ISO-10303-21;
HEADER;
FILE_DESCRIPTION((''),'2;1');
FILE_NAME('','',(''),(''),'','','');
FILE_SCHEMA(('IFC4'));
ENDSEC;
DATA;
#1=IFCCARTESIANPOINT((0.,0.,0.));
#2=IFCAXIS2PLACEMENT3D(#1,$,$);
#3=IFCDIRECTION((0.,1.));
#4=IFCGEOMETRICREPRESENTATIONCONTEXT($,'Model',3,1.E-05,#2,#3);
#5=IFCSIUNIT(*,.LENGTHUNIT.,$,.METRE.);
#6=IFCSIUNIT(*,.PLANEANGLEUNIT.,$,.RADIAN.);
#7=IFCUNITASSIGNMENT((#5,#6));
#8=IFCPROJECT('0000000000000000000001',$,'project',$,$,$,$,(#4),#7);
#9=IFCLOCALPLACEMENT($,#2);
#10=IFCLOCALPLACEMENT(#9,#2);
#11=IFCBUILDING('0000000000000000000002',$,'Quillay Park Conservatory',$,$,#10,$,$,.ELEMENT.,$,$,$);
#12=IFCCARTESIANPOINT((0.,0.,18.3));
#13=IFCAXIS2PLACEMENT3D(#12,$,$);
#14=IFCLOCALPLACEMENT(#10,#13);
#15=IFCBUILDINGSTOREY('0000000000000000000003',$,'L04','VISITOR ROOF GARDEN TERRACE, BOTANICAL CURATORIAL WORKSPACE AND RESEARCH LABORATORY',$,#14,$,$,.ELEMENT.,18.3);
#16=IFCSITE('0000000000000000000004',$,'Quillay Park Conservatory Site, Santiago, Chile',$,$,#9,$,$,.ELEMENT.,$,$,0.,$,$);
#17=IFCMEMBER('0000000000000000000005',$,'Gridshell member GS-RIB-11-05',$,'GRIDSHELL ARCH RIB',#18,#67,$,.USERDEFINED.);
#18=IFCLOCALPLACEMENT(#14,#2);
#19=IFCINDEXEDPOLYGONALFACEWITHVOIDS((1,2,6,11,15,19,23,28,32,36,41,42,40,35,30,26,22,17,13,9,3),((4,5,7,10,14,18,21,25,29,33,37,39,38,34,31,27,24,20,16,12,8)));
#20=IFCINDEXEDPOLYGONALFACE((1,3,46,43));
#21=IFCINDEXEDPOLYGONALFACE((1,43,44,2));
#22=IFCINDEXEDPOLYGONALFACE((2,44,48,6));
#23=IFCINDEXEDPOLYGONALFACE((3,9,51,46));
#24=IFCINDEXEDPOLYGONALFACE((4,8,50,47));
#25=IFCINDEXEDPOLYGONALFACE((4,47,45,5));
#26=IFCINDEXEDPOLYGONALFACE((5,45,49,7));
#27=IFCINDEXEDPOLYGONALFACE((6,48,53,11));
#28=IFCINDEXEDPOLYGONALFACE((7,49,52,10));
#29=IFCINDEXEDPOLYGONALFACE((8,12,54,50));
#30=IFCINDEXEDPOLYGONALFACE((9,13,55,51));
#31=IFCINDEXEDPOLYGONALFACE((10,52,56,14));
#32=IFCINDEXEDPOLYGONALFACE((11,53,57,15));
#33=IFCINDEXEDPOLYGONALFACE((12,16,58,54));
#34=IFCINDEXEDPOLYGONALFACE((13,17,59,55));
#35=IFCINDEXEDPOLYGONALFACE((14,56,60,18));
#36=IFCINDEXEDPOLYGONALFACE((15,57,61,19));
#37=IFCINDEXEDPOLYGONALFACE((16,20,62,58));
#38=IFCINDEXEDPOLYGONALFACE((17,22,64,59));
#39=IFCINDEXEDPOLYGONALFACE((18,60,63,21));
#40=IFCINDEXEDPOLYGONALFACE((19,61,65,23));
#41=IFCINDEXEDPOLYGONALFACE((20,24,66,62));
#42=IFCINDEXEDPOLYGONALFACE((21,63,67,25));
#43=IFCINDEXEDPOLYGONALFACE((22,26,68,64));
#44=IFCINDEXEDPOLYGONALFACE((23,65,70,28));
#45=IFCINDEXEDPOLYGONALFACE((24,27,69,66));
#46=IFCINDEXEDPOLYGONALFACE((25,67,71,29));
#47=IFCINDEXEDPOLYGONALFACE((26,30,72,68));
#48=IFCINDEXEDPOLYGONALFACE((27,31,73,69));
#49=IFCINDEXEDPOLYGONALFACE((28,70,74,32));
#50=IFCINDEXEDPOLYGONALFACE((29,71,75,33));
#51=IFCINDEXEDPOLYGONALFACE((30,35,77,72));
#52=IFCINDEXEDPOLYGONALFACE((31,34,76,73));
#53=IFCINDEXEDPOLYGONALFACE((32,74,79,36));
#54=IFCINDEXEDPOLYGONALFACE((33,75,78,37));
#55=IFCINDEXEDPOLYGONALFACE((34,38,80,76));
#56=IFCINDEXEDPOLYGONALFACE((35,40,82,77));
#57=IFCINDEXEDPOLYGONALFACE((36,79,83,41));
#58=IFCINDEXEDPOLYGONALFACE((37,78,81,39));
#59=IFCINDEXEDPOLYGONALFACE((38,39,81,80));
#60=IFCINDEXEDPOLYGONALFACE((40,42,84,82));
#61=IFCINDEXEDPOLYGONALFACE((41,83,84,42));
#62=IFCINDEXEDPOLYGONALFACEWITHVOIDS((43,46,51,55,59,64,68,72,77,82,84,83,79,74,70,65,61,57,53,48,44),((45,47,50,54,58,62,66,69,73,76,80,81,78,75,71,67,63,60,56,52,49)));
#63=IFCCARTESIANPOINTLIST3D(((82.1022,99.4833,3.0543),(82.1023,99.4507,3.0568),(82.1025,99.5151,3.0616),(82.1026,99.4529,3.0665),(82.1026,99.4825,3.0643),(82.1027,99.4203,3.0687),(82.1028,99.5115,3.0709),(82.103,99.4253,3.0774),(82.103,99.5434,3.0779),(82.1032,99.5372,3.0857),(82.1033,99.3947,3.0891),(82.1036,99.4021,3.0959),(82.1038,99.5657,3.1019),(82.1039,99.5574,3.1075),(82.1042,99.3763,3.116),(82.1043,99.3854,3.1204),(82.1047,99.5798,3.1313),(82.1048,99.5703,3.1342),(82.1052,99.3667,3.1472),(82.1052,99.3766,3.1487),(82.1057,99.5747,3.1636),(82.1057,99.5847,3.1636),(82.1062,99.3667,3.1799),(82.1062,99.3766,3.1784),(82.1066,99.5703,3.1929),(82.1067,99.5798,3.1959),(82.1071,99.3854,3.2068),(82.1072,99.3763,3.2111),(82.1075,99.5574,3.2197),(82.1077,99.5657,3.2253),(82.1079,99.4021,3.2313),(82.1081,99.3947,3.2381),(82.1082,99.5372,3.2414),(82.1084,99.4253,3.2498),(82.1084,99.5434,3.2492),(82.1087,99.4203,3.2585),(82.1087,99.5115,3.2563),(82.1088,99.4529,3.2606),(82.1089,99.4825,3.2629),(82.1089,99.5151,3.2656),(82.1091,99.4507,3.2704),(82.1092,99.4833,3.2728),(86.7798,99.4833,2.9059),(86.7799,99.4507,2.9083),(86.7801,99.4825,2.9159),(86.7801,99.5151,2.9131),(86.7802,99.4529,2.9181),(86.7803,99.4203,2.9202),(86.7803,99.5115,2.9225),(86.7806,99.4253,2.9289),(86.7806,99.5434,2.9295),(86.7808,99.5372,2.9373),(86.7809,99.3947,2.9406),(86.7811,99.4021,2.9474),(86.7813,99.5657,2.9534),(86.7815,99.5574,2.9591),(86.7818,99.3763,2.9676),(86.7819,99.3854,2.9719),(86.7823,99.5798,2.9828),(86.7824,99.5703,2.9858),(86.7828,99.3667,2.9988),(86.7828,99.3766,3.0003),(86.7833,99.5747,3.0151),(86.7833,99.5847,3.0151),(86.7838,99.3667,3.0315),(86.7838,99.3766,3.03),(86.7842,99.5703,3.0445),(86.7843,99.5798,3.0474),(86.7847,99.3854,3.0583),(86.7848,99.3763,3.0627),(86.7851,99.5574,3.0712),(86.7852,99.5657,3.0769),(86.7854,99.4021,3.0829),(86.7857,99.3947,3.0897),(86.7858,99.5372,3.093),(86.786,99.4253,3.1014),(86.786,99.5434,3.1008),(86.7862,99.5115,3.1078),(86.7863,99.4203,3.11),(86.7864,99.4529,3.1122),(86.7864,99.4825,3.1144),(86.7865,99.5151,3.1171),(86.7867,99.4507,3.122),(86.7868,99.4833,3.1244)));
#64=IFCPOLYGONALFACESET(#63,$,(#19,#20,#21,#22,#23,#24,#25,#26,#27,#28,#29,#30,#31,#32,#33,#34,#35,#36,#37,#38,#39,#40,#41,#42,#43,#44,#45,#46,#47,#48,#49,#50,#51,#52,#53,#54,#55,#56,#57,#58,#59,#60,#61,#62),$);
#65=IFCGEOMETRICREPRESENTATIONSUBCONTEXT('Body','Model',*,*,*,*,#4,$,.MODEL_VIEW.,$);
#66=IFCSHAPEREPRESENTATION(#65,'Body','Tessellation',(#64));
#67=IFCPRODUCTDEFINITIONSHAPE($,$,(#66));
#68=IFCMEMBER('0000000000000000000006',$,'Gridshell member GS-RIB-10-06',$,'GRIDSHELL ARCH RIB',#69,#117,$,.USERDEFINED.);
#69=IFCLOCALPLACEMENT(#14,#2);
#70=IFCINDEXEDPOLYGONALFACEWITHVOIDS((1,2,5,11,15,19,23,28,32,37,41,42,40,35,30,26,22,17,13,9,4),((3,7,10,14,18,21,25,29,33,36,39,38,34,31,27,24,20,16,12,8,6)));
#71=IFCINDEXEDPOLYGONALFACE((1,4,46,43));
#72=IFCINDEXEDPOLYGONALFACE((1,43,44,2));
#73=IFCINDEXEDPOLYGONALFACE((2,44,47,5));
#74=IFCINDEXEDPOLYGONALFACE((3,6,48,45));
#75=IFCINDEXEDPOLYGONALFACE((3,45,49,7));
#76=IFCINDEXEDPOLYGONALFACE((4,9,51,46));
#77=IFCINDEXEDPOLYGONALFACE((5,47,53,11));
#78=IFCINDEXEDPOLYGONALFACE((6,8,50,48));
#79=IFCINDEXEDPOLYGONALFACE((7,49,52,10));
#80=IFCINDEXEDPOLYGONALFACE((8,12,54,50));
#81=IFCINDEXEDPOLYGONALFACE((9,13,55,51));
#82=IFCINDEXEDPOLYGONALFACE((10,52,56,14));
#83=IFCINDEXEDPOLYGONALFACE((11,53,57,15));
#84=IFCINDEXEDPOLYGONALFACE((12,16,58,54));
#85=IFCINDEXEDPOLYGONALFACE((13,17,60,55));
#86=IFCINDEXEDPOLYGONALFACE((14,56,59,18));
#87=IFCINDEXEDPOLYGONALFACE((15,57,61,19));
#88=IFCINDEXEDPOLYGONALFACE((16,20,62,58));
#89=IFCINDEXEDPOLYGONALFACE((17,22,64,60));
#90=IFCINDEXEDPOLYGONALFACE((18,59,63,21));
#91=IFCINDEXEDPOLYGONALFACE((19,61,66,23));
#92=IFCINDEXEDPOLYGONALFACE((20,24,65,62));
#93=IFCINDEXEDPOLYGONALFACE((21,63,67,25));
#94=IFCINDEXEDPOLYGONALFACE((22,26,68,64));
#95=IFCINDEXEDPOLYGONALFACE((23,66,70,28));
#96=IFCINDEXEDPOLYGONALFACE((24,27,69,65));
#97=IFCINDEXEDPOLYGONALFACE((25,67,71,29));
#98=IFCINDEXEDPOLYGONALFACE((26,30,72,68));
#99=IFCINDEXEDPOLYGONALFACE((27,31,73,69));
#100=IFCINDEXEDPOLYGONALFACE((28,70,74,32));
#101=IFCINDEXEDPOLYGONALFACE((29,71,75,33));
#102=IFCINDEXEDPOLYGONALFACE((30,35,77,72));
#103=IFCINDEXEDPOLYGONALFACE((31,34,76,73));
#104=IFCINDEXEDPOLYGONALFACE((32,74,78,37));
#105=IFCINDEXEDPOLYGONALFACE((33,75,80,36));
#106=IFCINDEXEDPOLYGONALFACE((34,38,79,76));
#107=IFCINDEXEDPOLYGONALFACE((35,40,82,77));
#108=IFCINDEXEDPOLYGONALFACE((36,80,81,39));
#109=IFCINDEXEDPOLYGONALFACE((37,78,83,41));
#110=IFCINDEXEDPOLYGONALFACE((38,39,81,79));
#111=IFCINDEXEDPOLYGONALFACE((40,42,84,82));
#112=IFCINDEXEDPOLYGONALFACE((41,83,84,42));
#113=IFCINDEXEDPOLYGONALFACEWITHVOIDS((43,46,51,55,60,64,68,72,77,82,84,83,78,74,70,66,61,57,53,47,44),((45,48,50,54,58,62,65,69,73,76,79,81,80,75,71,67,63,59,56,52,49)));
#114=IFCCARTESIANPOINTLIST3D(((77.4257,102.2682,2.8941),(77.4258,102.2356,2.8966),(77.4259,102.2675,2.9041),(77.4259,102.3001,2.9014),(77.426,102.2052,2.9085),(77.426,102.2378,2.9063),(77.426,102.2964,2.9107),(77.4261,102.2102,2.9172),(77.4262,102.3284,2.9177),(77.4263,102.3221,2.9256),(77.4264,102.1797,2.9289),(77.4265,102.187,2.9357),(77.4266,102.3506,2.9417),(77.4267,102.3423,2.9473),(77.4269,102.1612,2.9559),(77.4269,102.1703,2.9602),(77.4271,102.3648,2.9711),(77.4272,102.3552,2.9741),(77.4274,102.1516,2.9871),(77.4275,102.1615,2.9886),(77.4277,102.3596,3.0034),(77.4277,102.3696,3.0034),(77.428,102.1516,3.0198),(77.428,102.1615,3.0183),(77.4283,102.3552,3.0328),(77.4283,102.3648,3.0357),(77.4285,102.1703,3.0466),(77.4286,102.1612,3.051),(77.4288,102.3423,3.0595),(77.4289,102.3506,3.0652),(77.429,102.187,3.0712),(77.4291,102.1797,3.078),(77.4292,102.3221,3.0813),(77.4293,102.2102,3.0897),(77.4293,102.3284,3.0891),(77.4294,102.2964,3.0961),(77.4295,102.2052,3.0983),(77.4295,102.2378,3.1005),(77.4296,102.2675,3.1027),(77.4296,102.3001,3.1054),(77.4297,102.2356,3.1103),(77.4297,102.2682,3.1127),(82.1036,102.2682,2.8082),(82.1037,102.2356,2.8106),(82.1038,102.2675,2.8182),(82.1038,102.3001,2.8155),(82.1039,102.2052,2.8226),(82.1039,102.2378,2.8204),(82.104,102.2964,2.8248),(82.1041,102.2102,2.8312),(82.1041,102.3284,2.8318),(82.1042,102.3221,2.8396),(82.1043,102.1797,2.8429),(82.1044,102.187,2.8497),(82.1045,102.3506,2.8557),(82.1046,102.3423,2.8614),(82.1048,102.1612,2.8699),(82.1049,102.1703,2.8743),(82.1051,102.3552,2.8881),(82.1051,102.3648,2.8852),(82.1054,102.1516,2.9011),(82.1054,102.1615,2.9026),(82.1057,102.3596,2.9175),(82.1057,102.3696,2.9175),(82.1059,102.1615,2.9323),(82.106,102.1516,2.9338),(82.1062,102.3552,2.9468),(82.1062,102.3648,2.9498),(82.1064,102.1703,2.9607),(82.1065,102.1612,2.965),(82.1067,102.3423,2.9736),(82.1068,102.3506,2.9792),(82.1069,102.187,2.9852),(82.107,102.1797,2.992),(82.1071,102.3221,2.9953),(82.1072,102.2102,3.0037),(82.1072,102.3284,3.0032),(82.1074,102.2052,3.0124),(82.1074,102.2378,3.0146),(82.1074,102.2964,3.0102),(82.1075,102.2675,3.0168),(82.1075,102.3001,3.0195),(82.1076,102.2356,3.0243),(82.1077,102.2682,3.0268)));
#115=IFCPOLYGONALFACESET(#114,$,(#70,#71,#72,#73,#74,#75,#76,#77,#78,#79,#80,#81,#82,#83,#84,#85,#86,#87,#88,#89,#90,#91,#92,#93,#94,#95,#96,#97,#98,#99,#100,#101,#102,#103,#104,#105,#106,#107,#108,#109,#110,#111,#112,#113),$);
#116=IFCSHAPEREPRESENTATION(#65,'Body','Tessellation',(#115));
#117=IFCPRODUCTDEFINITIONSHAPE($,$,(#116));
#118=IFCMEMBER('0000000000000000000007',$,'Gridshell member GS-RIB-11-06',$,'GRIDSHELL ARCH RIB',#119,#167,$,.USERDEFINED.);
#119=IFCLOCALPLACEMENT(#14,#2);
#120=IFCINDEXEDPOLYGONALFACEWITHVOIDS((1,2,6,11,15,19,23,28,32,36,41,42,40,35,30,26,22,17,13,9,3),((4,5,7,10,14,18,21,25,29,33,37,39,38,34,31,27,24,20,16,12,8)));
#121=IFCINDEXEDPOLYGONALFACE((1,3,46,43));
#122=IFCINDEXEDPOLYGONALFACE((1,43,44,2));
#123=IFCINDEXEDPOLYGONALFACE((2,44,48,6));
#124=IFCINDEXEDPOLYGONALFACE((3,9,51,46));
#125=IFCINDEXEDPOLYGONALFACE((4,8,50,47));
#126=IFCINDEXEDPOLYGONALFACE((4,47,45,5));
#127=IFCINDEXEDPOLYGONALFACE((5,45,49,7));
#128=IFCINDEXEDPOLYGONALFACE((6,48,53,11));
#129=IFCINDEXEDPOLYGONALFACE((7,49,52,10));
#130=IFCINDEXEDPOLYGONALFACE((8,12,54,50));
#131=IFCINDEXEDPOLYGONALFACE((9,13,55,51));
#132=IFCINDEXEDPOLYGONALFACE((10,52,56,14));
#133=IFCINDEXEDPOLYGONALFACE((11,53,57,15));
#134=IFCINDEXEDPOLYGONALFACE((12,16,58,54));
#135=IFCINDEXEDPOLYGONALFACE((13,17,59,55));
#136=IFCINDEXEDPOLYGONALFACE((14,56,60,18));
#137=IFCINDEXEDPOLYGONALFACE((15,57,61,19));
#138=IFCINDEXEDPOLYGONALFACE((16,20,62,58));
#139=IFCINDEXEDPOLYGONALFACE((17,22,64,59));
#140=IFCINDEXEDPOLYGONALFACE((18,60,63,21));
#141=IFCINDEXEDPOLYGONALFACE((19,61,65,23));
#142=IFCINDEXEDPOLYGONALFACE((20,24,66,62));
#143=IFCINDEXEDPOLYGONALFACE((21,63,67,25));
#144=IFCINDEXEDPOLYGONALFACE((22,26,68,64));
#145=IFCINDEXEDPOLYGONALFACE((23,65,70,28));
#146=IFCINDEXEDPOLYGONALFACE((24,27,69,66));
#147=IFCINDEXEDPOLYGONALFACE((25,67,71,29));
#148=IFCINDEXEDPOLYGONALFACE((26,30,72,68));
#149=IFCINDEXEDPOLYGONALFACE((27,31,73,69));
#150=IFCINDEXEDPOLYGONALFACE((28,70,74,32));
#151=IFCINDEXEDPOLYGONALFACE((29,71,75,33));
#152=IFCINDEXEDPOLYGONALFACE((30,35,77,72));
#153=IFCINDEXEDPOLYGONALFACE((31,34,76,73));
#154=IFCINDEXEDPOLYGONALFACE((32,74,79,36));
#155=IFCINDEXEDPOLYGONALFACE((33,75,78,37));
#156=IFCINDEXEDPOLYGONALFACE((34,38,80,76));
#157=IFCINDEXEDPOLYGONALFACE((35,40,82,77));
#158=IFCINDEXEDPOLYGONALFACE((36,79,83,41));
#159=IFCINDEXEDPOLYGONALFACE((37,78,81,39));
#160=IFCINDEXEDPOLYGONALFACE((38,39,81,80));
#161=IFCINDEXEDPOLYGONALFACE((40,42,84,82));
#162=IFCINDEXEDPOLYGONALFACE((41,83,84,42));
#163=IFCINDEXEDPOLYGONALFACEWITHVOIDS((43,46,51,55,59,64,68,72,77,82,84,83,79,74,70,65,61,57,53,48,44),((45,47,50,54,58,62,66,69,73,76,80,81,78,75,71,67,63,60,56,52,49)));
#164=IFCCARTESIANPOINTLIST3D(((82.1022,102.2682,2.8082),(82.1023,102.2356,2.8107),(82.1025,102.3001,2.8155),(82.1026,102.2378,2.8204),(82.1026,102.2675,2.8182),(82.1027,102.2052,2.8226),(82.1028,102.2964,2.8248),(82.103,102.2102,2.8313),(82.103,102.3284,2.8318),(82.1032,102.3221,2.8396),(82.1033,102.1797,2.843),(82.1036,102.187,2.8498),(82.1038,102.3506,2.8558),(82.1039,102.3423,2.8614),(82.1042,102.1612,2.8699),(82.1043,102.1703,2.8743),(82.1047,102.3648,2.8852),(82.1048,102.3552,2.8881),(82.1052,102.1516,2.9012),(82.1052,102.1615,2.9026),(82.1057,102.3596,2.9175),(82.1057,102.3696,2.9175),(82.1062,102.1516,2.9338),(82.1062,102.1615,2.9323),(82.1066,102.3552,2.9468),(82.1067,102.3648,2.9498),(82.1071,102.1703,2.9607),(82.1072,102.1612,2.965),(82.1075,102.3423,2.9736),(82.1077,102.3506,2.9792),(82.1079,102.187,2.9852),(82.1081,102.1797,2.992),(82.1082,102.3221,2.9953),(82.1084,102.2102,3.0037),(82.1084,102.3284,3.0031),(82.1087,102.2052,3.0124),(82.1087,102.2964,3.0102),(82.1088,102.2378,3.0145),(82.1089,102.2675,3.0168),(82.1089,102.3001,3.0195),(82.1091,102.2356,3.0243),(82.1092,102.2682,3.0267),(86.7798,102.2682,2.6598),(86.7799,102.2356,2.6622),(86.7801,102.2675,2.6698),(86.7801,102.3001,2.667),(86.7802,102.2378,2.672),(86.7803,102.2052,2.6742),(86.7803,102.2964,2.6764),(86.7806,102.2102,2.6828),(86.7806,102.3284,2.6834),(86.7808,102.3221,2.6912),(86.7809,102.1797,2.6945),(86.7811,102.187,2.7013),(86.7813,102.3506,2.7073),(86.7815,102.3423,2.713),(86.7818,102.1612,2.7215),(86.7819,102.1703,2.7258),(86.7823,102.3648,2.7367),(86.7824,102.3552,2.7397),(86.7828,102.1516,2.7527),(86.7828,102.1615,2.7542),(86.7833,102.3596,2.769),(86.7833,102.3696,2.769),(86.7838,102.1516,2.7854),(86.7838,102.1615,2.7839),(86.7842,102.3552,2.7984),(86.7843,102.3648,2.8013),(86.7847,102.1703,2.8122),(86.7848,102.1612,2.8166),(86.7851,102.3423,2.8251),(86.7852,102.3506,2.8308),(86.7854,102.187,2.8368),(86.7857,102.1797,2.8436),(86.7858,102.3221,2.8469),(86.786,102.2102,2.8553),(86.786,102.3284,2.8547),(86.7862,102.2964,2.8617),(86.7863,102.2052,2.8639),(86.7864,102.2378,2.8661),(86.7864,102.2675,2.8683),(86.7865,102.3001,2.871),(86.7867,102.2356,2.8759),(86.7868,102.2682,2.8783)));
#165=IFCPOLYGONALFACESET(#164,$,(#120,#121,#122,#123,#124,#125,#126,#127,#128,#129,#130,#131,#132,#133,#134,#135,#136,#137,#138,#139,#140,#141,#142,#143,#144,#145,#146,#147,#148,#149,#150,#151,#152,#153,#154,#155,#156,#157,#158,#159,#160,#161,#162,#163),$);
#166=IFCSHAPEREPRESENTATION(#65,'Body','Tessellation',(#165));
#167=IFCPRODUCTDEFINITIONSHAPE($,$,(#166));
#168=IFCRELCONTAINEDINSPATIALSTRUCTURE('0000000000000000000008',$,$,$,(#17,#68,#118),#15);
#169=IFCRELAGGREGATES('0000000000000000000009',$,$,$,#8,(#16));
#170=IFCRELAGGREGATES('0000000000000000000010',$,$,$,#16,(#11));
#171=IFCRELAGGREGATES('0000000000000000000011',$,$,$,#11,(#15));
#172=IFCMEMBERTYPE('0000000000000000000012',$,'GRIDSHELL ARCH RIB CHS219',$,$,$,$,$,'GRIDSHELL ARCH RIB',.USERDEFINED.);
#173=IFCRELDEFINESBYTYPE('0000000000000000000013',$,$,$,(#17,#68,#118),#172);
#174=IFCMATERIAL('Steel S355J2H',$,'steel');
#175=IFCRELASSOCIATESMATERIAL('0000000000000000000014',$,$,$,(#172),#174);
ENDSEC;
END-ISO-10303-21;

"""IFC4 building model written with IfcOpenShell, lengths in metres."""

from ifc_helpers import new_model, si_unit, direction, frame, origin, origin_2d, place, context, subcontext, project, spatial, hollow_circle, extrude, material, material_profile, profile_set, type_object, element, save


model = new_model("IFC4")

# Units and contexts
model_context = context("Model", 3, precision=1e-05, world=origin(), true_north=direction((0.0, 1.0)))
body_context = subcontext(model_context, "Body", "Model", "MODEL_VIEW")
ifc_project = project(units=[si_unit("LENGTHUNIT", "METRE"), si_unit("PLANEANGLEUNIT", "RADIAN")], contexts=[model_context])

# Site, building, storey
site_placement = place(None, origin())
site = spatial("IfcSite", under=ifc_project, at=site_placement, Name="Quillay Park Conservatory Site, Santiago, Chile", CompositionType="ELEMENT", RefElevation=0.0)
building_placement = place(site_placement, origin())
building = spatial("IfcBuilding", under=site, at=building_placement, Name="Quillay Park Conservatory", CompositionType="ELEMENT")
storey_placement = place(building_placement, frame((0.0, 0.0, 18.3)))
storey = spatial("IfcBuildingStorey", under=building, at=storey_placement, Name="L04", Description="VISITOR ROOF GARDEN TERRACE, BOTANICAL CURATORIAL WORKSPACE AND RESEARCH LABORATORY", CompositionType="ELEMENT", Elevation=18.3)

# Members
ifc_material_1 = material(Name="Steel S355J2H", Category="steel")
ifc_material_profile_1 = material_profile(ifc_material_1, hollow_circle(Radius=0.1096, WallThickness=0.01, at=origin_2d()), Name="CHS219.1x10")
ifc_profile_set_1 = profile_set([ifc_material_profile_1], Name="Steel S355J2H")
member_type = type_object("IfcMemberType", Name="GRIDSHELL ARCH RIB CHS219", ElementType="GRIDSHELL ARCH RIB", PredefinedType="USERDEFINED", material=ifc_profile_set_1)
member_1_placement = place(storey_placement, frame((82.1057, 99.4751, 3.1636), z_axis=(0.999497, 0.0, -0.031718), x_axis=(0.0, 1.0, 0.0)))
element("IfcMember", 1, at=member_1_placement, inside=storey, type_object=member_type, Name="Gridshell member GS-RIB-11-05", ObjectType="GRIDSHELL ARCH RIB", PredefinedType="USERDEFINED", context=body_context, shape_type="SweptSolid", body=[
    extrude(hollow_circle(Radius=0.1096, WallThickness=0.01, at=origin_2d()), origin(), (0.0, 0.0, 1.0), 4.6799),
])
member_2_placement = place(storey_placement, frame((77.4277, 102.26, 3.0034), z_axis=(0.999831, 0.0, -0.018368), x_axis=(0.0, 1.0, 0.0)))
element("IfcMember", 2, at=member_2_placement, inside=storey, type_object=member_type, Name="Gridshell member GS-RIB-10-06", ObjectType="GRIDSHELL ARCH RIB", PredefinedType="USERDEFINED", context=body_context, shape_type="SweptSolid", body=[
    extrude(hollow_circle(Radius=0.1096, WallThickness=0.01, at=origin_2d()), origin(), (0.0, 0.0, 1.0), 4.6787),
])
member_3_placement = place(storey_placement, frame((82.1057, 102.26, 2.9175), z_axis=(0.999497, 0.0, -0.031718), x_axis=(0.0, 1.0, 0.0)))
element("IfcMember", 3, at=member_3_placement, inside=storey, type_object=member_type, Name="Gridshell member GS-RIB-11-06", ObjectType="GRIDSHELL ARCH RIB", PredefinedType="USERDEFINED", context=body_context, shape_type="SweptSolid", body=[
    extrude(hollow_circle(Radius=0.1096, WallThickness=0.01, at=origin_2d()), origin(), (0.0, 0.0, 1.0), 4.6799),
])

save(model, "model.ifc")
